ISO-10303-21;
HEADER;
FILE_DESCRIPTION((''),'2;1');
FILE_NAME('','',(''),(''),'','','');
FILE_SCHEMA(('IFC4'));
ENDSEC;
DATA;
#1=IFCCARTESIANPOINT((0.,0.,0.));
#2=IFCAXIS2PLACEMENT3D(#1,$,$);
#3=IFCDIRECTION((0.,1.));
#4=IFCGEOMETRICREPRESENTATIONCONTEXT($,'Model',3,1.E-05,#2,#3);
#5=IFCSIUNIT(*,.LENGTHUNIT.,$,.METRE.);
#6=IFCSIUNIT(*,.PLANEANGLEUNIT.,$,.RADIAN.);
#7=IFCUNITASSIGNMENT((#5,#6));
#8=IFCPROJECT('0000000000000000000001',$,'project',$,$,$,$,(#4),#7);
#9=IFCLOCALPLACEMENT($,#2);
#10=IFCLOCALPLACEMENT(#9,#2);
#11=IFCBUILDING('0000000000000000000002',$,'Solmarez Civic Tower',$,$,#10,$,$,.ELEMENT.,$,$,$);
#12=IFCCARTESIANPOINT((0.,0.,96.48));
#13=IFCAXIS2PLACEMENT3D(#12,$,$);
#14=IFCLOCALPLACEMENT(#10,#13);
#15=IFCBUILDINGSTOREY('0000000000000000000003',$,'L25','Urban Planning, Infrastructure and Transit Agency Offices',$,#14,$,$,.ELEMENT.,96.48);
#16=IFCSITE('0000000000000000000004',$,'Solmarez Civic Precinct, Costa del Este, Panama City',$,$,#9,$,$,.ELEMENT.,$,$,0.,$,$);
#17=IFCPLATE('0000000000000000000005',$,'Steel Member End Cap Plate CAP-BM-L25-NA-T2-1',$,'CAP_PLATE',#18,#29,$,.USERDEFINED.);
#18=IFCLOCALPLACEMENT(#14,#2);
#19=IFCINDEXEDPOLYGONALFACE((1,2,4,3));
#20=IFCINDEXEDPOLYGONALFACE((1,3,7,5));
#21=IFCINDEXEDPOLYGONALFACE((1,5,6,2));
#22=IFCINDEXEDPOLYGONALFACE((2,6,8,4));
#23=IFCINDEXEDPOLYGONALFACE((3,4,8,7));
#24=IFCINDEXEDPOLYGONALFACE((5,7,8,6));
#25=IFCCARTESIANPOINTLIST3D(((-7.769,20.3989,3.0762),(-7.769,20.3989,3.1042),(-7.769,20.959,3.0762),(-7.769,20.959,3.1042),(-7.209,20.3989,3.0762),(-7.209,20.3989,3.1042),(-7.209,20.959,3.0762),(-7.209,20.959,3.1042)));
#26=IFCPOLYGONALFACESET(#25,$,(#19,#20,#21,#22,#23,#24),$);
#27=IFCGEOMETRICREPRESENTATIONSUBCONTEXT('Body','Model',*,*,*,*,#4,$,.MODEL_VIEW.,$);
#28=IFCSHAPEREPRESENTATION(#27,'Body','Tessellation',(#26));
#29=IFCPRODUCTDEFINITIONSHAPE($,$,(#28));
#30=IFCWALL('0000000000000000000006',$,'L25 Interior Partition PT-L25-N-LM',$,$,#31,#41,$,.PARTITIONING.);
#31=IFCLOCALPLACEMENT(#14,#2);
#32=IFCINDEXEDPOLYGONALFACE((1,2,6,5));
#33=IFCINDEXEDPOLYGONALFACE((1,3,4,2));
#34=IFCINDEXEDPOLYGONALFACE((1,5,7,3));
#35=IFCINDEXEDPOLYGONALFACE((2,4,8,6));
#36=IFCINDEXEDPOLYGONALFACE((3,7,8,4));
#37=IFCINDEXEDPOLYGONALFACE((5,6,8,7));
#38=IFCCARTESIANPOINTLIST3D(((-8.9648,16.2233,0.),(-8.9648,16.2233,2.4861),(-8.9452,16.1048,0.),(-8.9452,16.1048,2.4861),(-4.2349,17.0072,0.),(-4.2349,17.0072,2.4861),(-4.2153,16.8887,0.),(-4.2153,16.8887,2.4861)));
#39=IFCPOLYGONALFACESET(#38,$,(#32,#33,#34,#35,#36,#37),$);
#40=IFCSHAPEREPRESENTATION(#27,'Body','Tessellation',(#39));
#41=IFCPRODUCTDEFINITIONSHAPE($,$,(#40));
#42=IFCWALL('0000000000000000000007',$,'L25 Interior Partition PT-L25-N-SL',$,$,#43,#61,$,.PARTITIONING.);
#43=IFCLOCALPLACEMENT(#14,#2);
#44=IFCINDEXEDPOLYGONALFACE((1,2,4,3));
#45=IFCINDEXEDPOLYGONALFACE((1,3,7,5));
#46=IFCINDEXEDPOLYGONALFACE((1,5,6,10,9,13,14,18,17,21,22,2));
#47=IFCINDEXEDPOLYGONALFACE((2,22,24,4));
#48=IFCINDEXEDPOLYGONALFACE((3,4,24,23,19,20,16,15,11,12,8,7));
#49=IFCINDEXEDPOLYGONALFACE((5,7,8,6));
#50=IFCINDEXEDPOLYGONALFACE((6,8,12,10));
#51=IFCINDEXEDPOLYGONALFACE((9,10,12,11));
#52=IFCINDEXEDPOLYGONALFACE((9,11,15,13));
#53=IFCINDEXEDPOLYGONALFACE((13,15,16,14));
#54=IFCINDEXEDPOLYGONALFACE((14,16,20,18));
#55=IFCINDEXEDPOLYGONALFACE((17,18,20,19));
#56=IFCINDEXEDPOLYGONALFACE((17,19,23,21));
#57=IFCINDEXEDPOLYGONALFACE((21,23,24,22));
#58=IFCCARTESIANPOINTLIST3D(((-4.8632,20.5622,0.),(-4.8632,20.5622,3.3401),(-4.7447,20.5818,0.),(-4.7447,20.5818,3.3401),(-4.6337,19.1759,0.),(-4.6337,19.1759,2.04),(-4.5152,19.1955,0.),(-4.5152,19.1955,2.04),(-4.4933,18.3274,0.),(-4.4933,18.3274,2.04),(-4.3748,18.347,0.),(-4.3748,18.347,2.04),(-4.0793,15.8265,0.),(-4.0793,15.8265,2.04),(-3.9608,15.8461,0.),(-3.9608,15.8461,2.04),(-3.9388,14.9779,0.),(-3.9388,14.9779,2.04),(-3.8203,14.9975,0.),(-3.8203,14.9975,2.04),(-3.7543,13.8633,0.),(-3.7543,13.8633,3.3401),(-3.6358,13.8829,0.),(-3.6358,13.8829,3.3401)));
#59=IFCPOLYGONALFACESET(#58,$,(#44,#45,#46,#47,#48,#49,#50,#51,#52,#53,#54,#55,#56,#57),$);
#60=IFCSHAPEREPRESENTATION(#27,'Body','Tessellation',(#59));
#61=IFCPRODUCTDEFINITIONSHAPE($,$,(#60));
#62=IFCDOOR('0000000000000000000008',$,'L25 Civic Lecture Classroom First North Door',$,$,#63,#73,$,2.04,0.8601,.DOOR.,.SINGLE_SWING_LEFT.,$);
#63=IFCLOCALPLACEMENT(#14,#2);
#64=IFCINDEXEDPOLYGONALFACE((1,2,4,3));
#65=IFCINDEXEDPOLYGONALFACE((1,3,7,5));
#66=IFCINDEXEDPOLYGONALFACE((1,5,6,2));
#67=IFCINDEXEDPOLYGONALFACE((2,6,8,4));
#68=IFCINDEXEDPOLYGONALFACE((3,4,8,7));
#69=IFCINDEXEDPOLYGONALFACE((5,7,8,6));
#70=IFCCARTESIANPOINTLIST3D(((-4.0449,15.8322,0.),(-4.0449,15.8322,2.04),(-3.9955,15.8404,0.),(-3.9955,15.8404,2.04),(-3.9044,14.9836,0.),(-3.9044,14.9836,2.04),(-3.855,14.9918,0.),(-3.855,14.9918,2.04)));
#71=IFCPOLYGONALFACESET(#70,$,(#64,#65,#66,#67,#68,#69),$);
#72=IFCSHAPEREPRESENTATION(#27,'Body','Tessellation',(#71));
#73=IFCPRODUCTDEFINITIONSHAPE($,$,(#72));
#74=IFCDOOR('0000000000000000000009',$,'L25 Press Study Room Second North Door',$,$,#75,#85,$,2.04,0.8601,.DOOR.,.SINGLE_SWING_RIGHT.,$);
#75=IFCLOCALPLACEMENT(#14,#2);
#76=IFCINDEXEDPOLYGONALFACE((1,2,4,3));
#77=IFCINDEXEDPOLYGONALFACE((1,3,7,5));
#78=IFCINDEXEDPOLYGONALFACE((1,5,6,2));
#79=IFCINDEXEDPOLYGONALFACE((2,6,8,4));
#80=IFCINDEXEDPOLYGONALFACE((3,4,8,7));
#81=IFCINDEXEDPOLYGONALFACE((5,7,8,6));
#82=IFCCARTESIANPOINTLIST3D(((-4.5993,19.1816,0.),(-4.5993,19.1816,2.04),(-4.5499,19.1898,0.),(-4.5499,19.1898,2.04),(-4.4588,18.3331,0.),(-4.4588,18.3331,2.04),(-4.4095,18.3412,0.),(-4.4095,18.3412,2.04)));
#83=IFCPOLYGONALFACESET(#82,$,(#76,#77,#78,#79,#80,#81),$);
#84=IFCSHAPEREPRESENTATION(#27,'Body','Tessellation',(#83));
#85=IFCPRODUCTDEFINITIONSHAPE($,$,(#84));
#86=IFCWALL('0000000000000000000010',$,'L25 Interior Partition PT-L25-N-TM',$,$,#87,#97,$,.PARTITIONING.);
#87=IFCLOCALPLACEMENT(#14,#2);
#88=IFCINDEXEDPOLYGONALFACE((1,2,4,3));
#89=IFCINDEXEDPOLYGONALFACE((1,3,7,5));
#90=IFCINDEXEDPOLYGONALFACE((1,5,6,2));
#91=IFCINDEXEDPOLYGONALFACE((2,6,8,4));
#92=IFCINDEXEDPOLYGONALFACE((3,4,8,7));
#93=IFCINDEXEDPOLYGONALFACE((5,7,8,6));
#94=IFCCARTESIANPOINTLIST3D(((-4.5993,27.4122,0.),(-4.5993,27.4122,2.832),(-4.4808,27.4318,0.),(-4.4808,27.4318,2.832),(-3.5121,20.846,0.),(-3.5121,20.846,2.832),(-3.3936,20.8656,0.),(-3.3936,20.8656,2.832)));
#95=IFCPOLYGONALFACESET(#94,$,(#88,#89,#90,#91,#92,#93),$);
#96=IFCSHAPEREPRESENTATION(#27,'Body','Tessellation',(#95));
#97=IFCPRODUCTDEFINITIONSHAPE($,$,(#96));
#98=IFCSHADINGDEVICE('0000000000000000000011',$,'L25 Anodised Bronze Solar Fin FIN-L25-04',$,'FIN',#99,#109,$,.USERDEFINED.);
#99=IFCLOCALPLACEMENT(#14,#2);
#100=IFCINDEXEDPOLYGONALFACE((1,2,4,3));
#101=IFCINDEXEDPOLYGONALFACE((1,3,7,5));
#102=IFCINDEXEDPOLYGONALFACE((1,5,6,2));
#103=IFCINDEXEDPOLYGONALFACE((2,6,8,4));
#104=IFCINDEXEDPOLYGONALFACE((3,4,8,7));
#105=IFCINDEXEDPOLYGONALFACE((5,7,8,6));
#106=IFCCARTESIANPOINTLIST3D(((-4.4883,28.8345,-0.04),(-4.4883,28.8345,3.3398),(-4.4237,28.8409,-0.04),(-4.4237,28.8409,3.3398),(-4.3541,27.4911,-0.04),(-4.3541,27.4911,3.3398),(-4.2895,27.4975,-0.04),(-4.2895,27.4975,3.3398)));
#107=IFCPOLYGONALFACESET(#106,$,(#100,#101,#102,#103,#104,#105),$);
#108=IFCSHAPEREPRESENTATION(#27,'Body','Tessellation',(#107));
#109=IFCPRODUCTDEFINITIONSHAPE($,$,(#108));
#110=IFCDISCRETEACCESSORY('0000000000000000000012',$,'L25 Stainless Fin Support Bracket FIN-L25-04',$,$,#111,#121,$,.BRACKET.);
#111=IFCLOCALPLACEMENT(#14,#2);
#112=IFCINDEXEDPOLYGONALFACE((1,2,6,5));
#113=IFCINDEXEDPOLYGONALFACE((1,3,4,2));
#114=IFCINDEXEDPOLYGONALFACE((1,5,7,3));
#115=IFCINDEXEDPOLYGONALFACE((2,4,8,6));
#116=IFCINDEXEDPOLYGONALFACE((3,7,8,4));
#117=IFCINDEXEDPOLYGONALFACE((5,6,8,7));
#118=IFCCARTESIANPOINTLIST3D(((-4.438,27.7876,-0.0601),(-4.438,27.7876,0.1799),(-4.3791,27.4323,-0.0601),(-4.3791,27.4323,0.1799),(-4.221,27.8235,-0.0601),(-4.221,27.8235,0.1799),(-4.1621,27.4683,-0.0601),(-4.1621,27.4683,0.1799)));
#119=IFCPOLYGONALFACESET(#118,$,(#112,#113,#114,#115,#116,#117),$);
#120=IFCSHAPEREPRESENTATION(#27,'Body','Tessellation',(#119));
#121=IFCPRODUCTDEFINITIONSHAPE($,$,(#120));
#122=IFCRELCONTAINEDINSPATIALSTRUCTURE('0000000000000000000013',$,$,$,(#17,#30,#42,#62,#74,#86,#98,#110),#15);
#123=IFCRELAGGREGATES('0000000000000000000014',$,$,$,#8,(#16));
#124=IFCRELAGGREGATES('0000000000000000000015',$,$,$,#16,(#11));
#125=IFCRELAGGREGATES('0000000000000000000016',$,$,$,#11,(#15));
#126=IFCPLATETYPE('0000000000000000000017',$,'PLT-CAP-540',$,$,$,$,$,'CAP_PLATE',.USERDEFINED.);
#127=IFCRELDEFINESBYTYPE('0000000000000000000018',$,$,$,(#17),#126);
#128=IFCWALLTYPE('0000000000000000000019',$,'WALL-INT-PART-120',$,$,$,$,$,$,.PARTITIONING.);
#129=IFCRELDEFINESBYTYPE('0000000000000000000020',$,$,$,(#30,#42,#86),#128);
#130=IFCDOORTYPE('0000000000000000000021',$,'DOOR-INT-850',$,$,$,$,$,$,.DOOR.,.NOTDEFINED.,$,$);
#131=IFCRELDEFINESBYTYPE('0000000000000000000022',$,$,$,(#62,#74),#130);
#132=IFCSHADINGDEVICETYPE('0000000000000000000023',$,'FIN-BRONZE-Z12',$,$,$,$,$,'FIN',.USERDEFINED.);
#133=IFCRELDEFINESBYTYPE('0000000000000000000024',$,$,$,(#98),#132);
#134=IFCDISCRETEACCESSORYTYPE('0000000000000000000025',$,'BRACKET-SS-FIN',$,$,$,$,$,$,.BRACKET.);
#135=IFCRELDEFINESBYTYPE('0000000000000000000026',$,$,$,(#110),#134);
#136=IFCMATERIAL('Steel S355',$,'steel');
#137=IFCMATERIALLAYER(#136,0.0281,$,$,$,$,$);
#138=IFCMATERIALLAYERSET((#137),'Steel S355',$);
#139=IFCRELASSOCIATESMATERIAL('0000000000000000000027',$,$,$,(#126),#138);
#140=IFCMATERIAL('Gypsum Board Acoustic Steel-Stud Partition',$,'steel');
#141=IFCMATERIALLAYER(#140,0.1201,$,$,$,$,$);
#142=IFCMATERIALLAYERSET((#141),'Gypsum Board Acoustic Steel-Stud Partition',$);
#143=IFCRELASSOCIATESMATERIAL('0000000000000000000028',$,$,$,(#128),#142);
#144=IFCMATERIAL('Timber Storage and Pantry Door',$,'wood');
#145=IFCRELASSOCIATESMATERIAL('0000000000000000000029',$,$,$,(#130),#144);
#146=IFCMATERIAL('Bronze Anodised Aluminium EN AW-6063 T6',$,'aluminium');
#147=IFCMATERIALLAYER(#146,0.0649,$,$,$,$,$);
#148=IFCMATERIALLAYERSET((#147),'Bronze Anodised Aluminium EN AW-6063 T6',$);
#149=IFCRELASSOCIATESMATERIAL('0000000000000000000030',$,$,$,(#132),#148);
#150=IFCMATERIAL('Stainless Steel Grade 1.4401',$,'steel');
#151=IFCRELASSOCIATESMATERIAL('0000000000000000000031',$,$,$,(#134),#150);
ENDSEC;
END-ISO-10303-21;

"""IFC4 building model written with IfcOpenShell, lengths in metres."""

from ifc_helpers import new_model, si_unit, direction, frame, frame_2d, origin, origin_2d, place, context, subcontext, project, spatial, rectangle, extrude, material, layer, layer_set, type_object, element, fill, save


model = new_model("IFC4")

# Units and contexts
model_context = context("Model", 3, precision=1e-05, world=origin(), true_north=direction((0.0, 1.0)))
body_context = subcontext(model_context, "Body", "Model", "MODEL_VIEW")
ifc_project = project(units=[si_unit("LENGTHUNIT", "METRE"), si_unit("PLANEANGLEUNIT", "RADIAN")], contexts=[model_context])

# Site, building, storey
site_placement = place(None, origin())
site = spatial("IfcSite", under=ifc_project, at=site_placement, Name="Solmarez Civic Precinct, Costa del Este, Panama City", CompositionType="ELEMENT", RefElevation=0.0)
building_placement = place(site_placement, origin())
building = spatial("IfcBuilding", under=site, at=building_placement, Name="Solmarez Civic Tower", CompositionType="ELEMENT")
storey_placement = place(building_placement, frame((0.0, 0.0, 96.48)))
storey = spatial("IfcBuildingStorey", under=building, at=storey_placement, Name="L25", Description="Urban Planning, Infrastructure and Transit Agency Offices", CompositionType="ELEMENT", Elevation=96.48)

# Shared definitions
ifc_material_1 = material(Name="Bronze Anodised Aluminium EN AW-6063 T6", Category="aluminium")

# Plate
ifc_material_2 = material(Name="Steel S355", Category="steel")
ifc_layer_1 = layer(ifc_material_2, 0.0281)
ifc_layer_set_1 = layer_set([ifc_layer_1], Name="Steel S355")
plate_type_1 = type_object("IfcPlateType", Name="PLT-CAP-540", ElementType="CAP_PLATE", PredefinedType="USERDEFINED", material=ifc_layer_set_1)
plate_1_placement = place(storey_placement, frame((-7.489, 20.679, 3.0762), z_axis=(0.0, 0.0, 1.0), x_axis=(1.0, 0.0, 0.0)))
element("IfcPlate", 1, at=plate_1_placement, inside=storey, type_object=plate_type_1, Name="Steel Member End Cap Plate CAP-BM-L25-NA-T2-1", ObjectType="CAP_PLATE", PredefinedType="USERDEFINED", context=body_context, shape_type="SweptSolid", body=[
    extrude(rectangle(XDim=0.5601, YDim=0.5601, at=origin_2d()), origin(), (0.0, 0.0, 1.0), 0.0281),
])

# Wall
ifc_material_3 = material(Name="Gypsum Board Acoustic Steel-Stud Partition", Category="steel")
ifc_layer_2 = layer(ifc_material_3, 0.1201)
ifc_layer_set_2 = layer_set([ifc_layer_2], Name="Gypsum Board Acoustic Steel-Stud Partition")
wall_type = type_object("IfcWallType", Name="WALL-INT-PART-120", PredefinedType="PARTITIONING", material=ifc_layer_set_2)
wall_1_placement = place(storey_placement, frame((-4.2251, 16.948, 0.0), z_axis=(0.0, 0.0, 1.0), x_axis=(-0.986542, -0.163507, 0.0)))
element("IfcWall", 2, at=wall_1_placement, inside=storey, type_object=wall_type, Name="L25 Interior Partition PT-L25-N-LM", PredefinedType="PARTITIONING", context=body_context, shape_type="SweptSolid", body=[
    extrude(rectangle(XDim=4.7944, YDim=0.1201, at=frame_2d((2.3972, 0.0))), origin(), (0.0, 0.0, 1.0), 2.4861),
])

# Wall, openings, doors
wall_2_placement = place(storey_placement, frame((-4.804, 20.572, 0.0), z_axis=(0.0, 0.0, 1.0), x_axis=(0.163309, -0.986575, 0.0)))
wall_2 = element("IfcWall", 3, at=wall_2_placement, inside=storey, type_object=wall_type, Name="L25 Interior Partition PT-L25-N-SL", PredefinedType="PARTITIONING", context=body_context, shape_type="SweptSolid", body=[
    extrude(rectangle(XDim=6.79, YDim=0.1201, at=frame_2d((3.395, 0.0))), origin(), (0.0, 0.0, 1.0), 3.3401),
])
opening_1_placement = place(wall_2_placement, frame((4.8, 0.0, 0.0)))
opening_1 = element("IfcOpeningElement", 4, at=opening_1_placement, cuts=wall_2, PredefinedType="OPENING", context=body_context, shape_type="SweptSolid", body=[
    extrude(rectangle(XDim=0.8601, YDim=2.04, at=frame_2d((0.4302, 1.02))), frame((0.0, 0.0701, 0.0), z_axis=(0.0, -1.0, 0.0), x_axis=(1.0, 0.0, 0.0)), (0.0, 0.0, 1.0), 0.1401),
])
opening_2_placement = place(wall_2_placement, frame((1.405, 0.0, 0.0)))
opening_2 = element("IfcOpeningElement", 5, at=opening_2_placement, cuts=wall_2, PredefinedType="OPENING", context=body_context, shape_type="SweptSolid", body=[
    extrude(rectangle(XDim=0.8601, YDim=2.04, at=frame_2d((0.4302, 1.02))), frame((0.0, 0.0701, 0.0), z_axis=(0.0, -1.0, 0.0), x_axis=(1.0, 0.0, 0.0)), (0.0, 0.0, 1.0), 0.1401),
])
ifc_material_4 = material(Name="Timber Storage and Pantry Door", Category="wood")
door_type = type_object("IfcDoorType", Name="DOOR-INT-850", OperationType="NOTDEFINED", PredefinedType="DOOR", material=ifc_material_4)
door_1_placement = place(opening_1_placement, origin())
door_1 = element("IfcDoor", 6, at=door_1_placement, inside=storey, type_object=door_type, Name="L25 Civic Lecture Classroom First North Door", OperationType="SINGLE_SWING_LEFT", OverallHeight=2.04, OverallWidth=0.8601, PredefinedType="DOOR", context=body_context, shape_type="SweptSolid", body=[
    extrude(rectangle(XDim=0.8601, YDim=2.04, at=frame_2d((0.4302, 1.02))), frame((0.0, 0.0249, 0.0), z_axis=(0.0, -1.0, 0.0), x_axis=(1.0, 0.0, 0.0)), (0.0, 0.0, 1.0), 0.05),
])
fill(opening_1, door_1)
door_2_placement = place(opening_2_placement, origin())
door_2 = element("IfcDoor", 7, at=door_2_placement, inside=storey, type_object=door_type, Name="L25 Press Study Room Second North Door", OperationType="SINGLE_SWING_RIGHT", OverallHeight=2.04, OverallWidth=0.8601, PredefinedType="DOOR", context=body_context, shape_type="SweptSolid", body=[
    extrude(rectangle(XDim=0.8601, YDim=2.04, at=frame_2d((0.4302, 1.02))), frame((0.0, 0.0249, 0.0), z_axis=(0.0, -1.0, 0.0), x_axis=(1.0, 0.0, 0.0)), (0.0, 0.0, 1.0), 0.05),
])
fill(opening_2, door_2)

# Wall
wall_3_placement = place(storey_placement, frame((-3.4529, 20.856, 0.0), z_axis=(0.0, 0.0, 1.0), x_axis=(-0.163346, 0.986569, 0.0)))
element("IfcWall", 8, at=wall_3_placement, inside=storey, type_object=wall_type, Name="L25 Interior Partition PT-L25-N-TM", PredefinedType="PARTITIONING", context=body_context, shape_type="SweptSolid", body=[
    extrude(rectangle(XDim=6.6555, YDim=0.1201, at=frame_2d((3.3276, 0.0))), origin(), (0.0, 0.0, 1.0), 2.832),
])

# Shading device
ifc_layer_3 = layer(ifc_material_1, 0.0649)
ifc_layer_set_3 = layer_set([ifc_layer_3], Name="Bronze Anodised Aluminium EN AW-6063 T6")
shading_device_type = type_object("IfcShadingDeviceType", Name="FIN-BRONZE-Z12", ElementType="FIN", PredefinedType="USERDEFINED", material=ifc_layer_set_3)
shading_device_placement = place(storey_placement, frame((-4.3889, 28.166, -0.04), z_axis=(0.0, 0.0, 1.0), x_axis=(-0.099407, 0.995047, 0.0)))
element("IfcShadingDevice", 9, at=shading_device_placement, inside=storey, type_object=shading_device_type, Name="L25 Anodised Bronze Solar Fin FIN-L25-04", ObjectType="FIN", PredefinedType="USERDEFINED", context=body_context, shape_type="SweptSolid", body=[
    extrude(rectangle(XDim=1.3501, YDim=0.0649, at=origin_2d()), origin(), (0.0, 0.0, 1.0), 3.3799),
])

# Discrete accessory
ifc_material_5 = material(Name="Stainless Steel Grade 1.4401", Category="steel")
discrete_accessory_type = type_object("IfcDiscreteAccessoryType", Name="BRACKET-SS-FIN", PredefinedType="BRACKET", material=ifc_material_5)
discrete_accessory_placement = place(storey_placement, frame((-4.3, 27.6279, -0.0601), z_axis=(0.0, 0.0, 1.0), x_axis=(-0.16334, 0.98657, 0.0)))
element("IfcDiscreteAccessory", 10, at=discrete_accessory_placement, inside=storey, type_object=discrete_accessory_type, Name="L25 Stainless Fin Support Bracket FIN-L25-04", PredefinedType="BRACKET", context=body_context, shape_type="SweptSolid", body=[
    extrude(rectangle(XDim=0.3601, YDim=0.22, at=origin_2d()), origin(), (0.0, 0.0, 1.0), 0.24),
])

save(model, "model.ifc")
